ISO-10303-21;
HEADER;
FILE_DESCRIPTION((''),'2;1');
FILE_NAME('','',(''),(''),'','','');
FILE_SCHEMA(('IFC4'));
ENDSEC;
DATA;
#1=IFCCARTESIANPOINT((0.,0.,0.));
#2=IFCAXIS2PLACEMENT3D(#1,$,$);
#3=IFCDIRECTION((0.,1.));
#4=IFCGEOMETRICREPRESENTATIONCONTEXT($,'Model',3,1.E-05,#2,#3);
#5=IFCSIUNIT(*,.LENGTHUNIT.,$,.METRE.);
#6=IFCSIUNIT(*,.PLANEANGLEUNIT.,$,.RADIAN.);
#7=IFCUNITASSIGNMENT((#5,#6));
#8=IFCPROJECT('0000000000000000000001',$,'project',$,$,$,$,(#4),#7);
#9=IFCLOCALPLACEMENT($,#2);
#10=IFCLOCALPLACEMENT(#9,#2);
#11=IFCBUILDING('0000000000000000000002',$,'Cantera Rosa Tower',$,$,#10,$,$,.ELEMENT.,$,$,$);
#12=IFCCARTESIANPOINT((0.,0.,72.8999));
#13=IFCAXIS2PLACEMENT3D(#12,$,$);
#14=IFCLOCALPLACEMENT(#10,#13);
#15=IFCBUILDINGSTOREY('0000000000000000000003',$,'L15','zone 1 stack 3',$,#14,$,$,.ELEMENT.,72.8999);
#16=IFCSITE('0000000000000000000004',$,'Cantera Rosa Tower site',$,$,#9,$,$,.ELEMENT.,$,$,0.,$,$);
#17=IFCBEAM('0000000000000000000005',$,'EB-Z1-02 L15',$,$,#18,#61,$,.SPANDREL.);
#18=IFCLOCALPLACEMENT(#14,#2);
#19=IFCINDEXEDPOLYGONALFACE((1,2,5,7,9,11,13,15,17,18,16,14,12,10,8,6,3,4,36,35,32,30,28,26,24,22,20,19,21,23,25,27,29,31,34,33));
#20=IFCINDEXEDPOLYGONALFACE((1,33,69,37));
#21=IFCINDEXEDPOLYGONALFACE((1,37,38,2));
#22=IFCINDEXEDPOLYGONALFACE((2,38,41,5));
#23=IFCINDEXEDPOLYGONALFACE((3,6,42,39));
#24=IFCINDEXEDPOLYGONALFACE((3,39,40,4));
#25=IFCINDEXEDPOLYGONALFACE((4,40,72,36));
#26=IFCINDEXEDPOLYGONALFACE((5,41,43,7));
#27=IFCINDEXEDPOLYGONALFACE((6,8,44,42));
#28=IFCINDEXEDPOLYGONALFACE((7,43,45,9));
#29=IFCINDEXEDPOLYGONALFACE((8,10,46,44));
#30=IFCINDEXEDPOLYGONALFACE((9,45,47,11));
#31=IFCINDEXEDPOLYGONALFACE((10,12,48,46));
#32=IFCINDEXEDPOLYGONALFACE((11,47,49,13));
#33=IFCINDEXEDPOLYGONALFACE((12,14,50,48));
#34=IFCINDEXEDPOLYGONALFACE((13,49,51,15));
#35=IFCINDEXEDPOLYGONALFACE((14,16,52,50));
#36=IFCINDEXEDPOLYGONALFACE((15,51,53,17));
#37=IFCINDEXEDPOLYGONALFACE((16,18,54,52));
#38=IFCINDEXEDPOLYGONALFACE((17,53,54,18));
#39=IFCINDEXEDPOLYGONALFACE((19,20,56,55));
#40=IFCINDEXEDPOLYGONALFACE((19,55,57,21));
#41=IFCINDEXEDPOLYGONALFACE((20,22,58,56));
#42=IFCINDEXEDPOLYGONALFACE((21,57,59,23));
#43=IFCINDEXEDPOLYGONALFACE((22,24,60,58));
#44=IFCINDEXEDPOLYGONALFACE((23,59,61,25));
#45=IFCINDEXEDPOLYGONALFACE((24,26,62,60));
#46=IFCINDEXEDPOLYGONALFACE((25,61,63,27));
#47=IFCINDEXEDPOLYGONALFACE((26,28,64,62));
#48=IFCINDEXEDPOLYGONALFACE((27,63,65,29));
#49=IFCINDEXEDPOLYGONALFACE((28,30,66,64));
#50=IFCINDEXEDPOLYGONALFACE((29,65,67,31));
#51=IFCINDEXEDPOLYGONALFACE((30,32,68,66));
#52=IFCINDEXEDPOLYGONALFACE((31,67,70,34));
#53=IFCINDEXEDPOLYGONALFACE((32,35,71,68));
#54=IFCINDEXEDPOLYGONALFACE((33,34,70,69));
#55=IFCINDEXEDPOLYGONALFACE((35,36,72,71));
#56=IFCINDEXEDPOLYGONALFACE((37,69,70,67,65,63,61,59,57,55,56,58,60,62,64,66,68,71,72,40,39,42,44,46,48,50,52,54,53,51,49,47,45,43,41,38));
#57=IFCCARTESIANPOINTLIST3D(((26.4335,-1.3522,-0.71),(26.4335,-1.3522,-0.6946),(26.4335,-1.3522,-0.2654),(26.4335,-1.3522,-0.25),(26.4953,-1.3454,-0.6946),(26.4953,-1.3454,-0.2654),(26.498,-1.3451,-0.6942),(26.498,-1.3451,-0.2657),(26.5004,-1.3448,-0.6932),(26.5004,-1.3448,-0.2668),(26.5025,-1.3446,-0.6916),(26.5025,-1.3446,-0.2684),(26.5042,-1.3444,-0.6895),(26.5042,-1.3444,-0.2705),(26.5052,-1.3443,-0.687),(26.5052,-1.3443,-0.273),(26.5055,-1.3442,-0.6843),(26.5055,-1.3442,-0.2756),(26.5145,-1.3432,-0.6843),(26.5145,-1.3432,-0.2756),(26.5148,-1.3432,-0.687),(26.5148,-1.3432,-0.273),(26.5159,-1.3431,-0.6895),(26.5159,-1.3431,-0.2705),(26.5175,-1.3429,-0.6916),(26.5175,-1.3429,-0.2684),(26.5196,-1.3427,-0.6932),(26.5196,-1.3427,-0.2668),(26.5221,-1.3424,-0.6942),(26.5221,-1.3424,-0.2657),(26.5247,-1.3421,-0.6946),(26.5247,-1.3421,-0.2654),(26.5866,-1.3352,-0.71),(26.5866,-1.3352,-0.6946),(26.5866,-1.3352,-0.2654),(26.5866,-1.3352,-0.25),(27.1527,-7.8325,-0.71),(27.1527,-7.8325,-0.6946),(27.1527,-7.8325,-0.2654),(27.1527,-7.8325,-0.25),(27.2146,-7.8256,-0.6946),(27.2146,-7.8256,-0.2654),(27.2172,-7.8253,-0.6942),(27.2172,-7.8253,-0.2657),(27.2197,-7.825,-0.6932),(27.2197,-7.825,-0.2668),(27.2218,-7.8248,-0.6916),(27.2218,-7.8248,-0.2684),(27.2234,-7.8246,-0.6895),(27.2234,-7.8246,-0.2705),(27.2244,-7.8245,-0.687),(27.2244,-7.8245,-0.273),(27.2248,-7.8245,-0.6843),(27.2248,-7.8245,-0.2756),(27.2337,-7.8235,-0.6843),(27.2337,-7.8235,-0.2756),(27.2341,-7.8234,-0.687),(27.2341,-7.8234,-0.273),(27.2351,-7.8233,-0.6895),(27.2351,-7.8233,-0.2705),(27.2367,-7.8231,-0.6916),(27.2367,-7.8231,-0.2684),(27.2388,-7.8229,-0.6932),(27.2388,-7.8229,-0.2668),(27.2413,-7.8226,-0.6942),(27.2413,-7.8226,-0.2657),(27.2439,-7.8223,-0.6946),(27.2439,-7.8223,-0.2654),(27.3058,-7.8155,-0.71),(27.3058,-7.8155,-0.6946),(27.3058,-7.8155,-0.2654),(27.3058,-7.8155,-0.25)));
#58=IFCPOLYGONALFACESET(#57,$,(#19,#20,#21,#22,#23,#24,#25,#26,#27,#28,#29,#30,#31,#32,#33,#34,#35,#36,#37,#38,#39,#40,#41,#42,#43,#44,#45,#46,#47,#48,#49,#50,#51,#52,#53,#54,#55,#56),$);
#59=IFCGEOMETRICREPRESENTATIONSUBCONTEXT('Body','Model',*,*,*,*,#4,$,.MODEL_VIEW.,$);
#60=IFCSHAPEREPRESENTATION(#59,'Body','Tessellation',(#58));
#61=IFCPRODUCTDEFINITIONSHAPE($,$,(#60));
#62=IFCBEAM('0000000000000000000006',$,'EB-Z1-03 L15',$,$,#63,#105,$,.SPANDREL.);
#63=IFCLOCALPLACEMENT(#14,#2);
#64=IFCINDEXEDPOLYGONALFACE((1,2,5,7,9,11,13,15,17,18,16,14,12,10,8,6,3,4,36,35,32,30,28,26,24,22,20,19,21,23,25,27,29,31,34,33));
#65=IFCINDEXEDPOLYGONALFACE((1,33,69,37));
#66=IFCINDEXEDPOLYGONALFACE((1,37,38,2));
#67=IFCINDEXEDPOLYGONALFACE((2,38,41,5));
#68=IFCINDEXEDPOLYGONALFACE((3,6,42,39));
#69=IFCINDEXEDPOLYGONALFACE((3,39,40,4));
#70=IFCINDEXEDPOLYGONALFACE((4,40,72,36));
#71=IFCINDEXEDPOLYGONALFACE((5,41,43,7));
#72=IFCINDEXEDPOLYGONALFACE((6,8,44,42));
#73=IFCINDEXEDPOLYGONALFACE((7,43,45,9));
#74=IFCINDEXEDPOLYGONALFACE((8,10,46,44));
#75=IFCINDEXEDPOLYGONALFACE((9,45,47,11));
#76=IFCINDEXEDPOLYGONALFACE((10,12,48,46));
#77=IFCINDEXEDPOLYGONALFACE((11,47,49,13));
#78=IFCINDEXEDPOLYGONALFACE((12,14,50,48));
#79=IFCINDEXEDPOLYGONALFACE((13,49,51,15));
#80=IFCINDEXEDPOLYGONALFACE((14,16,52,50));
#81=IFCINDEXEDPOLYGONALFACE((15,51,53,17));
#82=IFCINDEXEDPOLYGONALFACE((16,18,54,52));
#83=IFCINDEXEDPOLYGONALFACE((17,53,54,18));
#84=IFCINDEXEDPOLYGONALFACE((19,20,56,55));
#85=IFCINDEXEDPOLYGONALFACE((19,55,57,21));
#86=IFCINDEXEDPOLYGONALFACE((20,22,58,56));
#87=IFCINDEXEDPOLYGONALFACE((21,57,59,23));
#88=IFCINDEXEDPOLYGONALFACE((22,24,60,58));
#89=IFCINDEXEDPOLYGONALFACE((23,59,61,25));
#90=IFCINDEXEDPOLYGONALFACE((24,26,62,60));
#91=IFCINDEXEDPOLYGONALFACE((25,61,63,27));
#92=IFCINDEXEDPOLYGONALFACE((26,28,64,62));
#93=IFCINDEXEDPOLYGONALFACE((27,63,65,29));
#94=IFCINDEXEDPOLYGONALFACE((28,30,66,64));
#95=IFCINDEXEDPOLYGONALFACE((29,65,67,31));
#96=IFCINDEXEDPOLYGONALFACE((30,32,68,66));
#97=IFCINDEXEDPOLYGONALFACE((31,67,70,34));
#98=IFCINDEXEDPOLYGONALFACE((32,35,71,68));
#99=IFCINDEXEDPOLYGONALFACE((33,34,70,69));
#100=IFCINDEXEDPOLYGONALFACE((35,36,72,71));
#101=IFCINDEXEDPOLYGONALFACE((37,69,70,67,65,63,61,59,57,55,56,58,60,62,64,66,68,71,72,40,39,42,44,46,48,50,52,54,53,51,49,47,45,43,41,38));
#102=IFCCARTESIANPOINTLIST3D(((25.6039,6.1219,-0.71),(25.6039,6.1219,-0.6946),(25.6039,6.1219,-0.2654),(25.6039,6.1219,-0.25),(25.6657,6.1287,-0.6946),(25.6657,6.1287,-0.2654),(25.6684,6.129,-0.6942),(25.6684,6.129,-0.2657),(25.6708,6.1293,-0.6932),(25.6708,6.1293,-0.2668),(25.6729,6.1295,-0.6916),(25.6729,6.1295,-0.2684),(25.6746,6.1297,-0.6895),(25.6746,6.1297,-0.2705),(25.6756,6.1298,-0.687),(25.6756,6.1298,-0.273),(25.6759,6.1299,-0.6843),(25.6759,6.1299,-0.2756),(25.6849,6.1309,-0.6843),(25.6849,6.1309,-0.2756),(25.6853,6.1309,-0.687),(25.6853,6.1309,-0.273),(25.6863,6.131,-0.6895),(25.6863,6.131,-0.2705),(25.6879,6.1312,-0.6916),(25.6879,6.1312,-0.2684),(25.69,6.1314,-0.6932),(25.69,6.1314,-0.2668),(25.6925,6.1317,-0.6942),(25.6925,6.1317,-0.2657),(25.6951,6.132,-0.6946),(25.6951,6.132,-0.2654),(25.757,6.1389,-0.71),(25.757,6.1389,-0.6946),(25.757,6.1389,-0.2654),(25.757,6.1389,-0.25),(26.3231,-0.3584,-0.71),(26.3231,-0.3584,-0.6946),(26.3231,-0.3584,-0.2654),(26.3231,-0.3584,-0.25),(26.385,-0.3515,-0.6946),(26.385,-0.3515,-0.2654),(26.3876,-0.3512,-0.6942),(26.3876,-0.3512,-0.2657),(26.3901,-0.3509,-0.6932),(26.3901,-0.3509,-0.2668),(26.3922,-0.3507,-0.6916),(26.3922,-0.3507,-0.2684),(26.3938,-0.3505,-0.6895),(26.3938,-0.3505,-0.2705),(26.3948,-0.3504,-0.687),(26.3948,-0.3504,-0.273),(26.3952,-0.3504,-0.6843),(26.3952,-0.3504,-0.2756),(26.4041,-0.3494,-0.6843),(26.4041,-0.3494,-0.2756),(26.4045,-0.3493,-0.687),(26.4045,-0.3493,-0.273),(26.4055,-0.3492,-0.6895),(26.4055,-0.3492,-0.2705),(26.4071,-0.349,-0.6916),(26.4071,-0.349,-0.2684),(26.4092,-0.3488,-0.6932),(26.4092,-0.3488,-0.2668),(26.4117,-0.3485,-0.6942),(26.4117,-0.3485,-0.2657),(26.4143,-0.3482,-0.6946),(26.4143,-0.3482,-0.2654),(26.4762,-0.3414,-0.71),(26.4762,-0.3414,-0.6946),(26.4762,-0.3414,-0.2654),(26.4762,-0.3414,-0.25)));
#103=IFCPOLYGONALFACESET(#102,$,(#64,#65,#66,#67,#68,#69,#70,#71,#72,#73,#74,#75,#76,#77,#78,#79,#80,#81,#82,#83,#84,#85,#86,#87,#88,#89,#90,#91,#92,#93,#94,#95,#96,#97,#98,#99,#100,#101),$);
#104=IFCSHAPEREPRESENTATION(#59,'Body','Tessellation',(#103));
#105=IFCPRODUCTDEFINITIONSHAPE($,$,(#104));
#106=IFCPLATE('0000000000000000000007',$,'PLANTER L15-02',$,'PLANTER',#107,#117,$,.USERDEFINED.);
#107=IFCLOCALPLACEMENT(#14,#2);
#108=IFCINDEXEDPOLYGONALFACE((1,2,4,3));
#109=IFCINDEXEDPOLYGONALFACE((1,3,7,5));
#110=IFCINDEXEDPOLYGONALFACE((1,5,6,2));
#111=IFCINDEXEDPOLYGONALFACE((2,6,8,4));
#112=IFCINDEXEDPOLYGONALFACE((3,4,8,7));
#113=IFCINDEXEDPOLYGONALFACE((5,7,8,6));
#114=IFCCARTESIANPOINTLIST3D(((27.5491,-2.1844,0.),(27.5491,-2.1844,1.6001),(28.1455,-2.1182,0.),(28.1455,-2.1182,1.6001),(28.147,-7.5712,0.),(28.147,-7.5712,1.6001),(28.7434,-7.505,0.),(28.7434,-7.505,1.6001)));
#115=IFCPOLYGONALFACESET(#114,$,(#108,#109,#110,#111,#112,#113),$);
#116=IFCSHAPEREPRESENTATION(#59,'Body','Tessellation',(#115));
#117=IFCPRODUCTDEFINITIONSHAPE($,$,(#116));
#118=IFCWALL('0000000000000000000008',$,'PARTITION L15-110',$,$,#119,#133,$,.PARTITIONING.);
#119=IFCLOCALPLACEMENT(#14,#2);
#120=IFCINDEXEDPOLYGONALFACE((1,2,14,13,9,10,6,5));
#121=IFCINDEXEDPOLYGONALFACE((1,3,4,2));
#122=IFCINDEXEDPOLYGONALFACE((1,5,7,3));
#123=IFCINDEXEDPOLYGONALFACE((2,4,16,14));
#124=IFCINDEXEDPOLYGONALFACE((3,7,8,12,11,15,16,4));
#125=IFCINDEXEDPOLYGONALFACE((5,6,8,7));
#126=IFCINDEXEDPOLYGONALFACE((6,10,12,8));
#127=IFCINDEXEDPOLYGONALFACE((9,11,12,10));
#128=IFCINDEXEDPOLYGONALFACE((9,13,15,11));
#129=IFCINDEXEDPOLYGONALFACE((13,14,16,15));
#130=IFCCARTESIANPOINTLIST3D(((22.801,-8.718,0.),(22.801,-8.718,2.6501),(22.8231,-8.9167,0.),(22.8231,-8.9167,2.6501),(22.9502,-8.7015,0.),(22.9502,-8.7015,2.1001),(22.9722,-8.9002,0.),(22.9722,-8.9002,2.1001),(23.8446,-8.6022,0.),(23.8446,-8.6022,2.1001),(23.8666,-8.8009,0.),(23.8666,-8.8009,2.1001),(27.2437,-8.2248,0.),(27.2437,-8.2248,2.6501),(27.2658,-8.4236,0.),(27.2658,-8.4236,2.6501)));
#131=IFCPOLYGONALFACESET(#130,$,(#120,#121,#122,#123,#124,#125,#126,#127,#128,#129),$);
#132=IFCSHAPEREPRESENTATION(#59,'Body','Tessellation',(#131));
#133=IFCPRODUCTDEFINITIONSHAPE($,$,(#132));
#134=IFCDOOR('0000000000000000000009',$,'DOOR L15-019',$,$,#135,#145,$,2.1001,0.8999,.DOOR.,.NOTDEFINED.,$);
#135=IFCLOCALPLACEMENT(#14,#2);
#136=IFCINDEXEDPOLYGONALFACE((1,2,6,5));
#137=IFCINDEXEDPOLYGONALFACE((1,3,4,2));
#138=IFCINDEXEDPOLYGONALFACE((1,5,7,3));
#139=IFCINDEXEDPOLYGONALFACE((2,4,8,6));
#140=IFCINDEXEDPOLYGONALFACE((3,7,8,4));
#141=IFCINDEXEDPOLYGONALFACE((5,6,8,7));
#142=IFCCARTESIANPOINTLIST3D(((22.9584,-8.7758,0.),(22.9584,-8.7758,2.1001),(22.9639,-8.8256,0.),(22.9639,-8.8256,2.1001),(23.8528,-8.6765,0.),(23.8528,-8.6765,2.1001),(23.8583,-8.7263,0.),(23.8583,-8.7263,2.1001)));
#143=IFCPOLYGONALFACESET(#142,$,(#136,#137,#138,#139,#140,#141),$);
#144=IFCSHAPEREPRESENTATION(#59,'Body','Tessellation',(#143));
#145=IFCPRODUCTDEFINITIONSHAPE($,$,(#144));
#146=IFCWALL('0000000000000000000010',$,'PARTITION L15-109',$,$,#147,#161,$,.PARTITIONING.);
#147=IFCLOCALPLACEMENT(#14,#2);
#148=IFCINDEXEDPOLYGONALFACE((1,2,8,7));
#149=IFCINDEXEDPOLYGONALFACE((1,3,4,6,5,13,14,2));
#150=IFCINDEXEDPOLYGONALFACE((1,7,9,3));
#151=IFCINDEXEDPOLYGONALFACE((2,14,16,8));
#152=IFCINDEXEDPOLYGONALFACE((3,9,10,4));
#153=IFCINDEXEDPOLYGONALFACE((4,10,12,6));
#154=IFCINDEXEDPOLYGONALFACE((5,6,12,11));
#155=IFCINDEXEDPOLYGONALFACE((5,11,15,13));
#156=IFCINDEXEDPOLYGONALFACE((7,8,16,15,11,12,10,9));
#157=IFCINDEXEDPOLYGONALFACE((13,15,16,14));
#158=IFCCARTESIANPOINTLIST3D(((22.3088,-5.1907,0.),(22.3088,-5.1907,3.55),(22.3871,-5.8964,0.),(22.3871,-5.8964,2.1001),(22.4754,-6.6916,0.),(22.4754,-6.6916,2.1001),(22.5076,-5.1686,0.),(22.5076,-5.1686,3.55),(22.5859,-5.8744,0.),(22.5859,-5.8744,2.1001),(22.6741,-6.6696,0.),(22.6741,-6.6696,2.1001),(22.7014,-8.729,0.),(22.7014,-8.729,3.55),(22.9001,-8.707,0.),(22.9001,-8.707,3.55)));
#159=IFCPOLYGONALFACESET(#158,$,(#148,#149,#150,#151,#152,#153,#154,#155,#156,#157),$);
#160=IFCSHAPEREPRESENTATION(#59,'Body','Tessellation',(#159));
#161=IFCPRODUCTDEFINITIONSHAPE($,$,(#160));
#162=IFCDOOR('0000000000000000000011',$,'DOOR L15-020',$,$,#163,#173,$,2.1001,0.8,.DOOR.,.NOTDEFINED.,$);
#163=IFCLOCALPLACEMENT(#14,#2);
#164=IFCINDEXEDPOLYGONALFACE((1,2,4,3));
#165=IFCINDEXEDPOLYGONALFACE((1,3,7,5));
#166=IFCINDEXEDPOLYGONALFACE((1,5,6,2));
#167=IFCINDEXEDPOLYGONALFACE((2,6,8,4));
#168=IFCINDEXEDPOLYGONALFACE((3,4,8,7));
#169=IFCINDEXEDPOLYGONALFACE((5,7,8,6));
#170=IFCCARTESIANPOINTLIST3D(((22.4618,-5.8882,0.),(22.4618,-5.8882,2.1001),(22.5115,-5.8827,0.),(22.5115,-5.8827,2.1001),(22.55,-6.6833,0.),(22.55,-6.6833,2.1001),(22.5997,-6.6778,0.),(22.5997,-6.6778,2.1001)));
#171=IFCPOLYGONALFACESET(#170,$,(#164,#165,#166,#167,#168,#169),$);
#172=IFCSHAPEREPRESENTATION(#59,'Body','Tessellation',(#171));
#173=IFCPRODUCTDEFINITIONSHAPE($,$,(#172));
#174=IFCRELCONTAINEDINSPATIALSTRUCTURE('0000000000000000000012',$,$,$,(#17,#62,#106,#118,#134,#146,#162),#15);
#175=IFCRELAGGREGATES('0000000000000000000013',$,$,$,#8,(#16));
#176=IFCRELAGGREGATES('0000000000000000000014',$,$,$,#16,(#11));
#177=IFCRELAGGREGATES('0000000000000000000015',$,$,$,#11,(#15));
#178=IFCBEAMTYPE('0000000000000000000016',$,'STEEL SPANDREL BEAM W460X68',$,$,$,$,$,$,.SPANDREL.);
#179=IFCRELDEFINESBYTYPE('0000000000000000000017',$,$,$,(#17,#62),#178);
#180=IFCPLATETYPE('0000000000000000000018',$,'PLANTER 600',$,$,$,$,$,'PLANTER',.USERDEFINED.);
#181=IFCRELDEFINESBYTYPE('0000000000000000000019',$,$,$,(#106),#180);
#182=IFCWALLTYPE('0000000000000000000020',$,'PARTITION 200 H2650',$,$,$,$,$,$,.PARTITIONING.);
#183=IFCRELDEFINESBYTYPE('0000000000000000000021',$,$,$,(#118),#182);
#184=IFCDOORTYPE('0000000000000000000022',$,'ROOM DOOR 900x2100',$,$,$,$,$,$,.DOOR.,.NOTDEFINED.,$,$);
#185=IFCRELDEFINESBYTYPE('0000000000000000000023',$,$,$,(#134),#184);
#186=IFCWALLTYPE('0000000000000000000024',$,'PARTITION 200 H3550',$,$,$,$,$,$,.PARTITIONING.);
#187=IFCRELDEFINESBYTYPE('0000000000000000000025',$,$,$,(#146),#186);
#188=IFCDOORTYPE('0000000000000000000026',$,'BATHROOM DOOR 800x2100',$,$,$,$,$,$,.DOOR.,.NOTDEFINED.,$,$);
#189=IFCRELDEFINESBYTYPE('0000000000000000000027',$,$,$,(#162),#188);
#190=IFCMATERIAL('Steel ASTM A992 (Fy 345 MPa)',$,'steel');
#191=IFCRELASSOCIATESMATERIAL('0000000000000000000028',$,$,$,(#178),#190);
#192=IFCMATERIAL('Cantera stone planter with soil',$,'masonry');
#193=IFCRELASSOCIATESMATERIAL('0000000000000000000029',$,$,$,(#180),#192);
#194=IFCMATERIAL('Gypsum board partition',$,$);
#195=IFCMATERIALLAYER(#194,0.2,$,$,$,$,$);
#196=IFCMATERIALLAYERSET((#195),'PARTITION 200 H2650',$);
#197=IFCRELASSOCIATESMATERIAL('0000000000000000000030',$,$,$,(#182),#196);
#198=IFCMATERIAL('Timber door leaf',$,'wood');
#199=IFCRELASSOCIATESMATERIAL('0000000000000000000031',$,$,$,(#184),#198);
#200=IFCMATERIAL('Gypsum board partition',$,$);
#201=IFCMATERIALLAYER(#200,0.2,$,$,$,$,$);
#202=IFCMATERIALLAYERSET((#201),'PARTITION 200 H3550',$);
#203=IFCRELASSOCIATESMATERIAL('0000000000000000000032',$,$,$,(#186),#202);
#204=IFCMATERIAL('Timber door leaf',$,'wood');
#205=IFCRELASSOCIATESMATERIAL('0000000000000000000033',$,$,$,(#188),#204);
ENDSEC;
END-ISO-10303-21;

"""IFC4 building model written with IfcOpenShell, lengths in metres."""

from ifc_helpers import new_model, si_unit, direction, frame, frame_2d, origin, origin_2d, place, context, subcontext, project, spatial, rectangle, i_section, extrude, material, layer, layer_set, material_profile, profile_set, type_object, element, fill, save


model = new_model("IFC4")

# Units and contexts
model_context = context("Model", 3, precision=1e-05, world=origin(), true_north=direction((0.0, 1.0)))
body_context = subcontext(model_context, "Body", "Model", "MODEL_VIEW")
ifc_project = project(units=[si_unit("LENGTHUNIT", "METRE"), si_unit("PLANEANGLEUNIT", "RADIAN")], contexts=[model_context])

# Site, building, storey
site_placement = place(None, origin())
site = spatial("IfcSite", under=ifc_project, at=site_placement, Name="Cantera Rosa Tower site", CompositionType="ELEMENT", RefElevation=0.0)
building_placement = place(site_placement, origin())
building = spatial("IfcBuilding", under=site, at=building_placement, Name="Cantera Rosa Tower", CompositionType="ELEMENT")
storey_placement = place(building_placement, frame((0.0, 0.0, 72.8999)))
storey = spatial("IfcBuildingStorey", under=building, at=storey_placement, Name="L15", Description="zone 1 stack 3", CompositionType="ELEMENT", Elevation=72.8999)

# Beams
ifc_material_1 = material(Name="Steel ASTM A992 (Fy 345 MPa)", Category="steel")
ifc_material_profile_1 = material_profile(ifc_material_1, i_section(OverallWidth=0.1541, OverallDepth=0.46, WebThickness=0.009, FlangeThickness=0.0154, FilletRadius=0.0103, at=origin_2d()), Name="W460X68")
ifc_profile_set_1 = profile_set([ifc_material_profile_1], Name="Steel ASTM A992 (Fy 345 MPa)")
beam_type_1 = type_object("IfcBeamType", Name="STEEL SPANDREL BEAM W460X68", PredefinedType="SPANDREL", material=ifc_profile_set_1)
for number, where, z_axis, x_axis, name in (
    (1, (27.2292, -7.824, -0.48), (-0.110312, 0.993897, 0.0), (-0.993897, -0.110312, 0.0), "EB-Z1-02 L15"),
    (2, (26.3997, -0.3499, -0.48), (-0.110312, 0.993897, 0.0), (-0.993897, -0.110312, 0.0), "EB-Z1-03 L15"),
):
    element("IfcBeam", number, at=place(storey_placement, frame(where, z_axis=z_axis, x_axis=x_axis)), inside=storey, type_object=beam_type_1, Name=name, PredefinedType="SPANDREL", context=body_context, shape_type="SweptSolid", body=[
        extrude(i_section(OverallWidth=0.1541, OverallDepth=0.46, WebThickness=0.009, FlangeThickness=0.0154, FilletRadius=0.0103, at=origin_2d()), origin(), (0.0, 0.0, 1.0), 6.52),
    ])

# Plate
ifc_material_2 = material(Name="Cantera stone planter with soil", Category="masonry")
plate_type = type_object("IfcPlateType", Name="PLANTER 600", ElementType="PLANTER", PredefinedType="USERDEFINED", material=ifc_material_2)
plate_placement = place(storey_placement, frame((28.1462, -4.8447, 0.0), z_axis=(0.0, 0.0, 1.0), x_axis=(-0.110313, 0.993897, 0.0)))
element("IfcPlate", 3, at=plate_placement, inside=storey, type_object=plate_type, Name="PLANTER L15-02", ObjectType="PLANTER", PredefinedType="USERDEFINED", context=body_context, shape_type="SweptSolid", body=[
    extrude(rectangle(XDim=5.4199, YDim=0.6001, at=origin_2d()), origin(), (0.0, 0.0, 1.0), 1.6001),
])

# Walls, openings, doors
ifc_material_3 = material(Name="Gypsum board partition")
ifc_layer_1 = layer(ifc_material_3, 0.2)
ifc_layer_set_1 = layer_set([ifc_layer_1], Name="PARTITION 200 H2650")
wall_type_1 = type_object("IfcWallType", Name="PARTITION 200 H2650", PredefinedType="PARTITIONING", material=ifc_layer_set_1)
wall_1_placement = place(storey_placement, frame((27.2546, -8.3242, 0.0), z_axis=(0.0, 0.0, 1.0), x_axis=(-0.993895, -0.11033, 0.0)))
wall_1 = element("IfcWall", 4, at=wall_1_placement, inside=storey, type_object=wall_type_1, Name="PARTITION L15-110", PredefinedType="PARTITIONING", context=body_context, shape_type="SweptSolid", body=[
    extrude(rectangle(XDim=4.47, YDim=0.2, at=frame_2d((2.2349, 0.0))), origin(), (0.0, 0.0, 1.0), 2.6501),
])
opening_1_placement = place(wall_1_placement, frame((3.4199, 0.0, 0.0)))
opening_1 = element("IfcOpeningElement", 5, at=opening_1_placement, cuts=wall_1, PredefinedType="OPENING", context=body_context, shape_type="SweptSolid", body=[
    extrude(rectangle(XDim=0.8999, YDim=2.1001, at=frame_2d((0.45, 1.05))), frame((0.0, 0.1099, 0.0), z_axis=(0.0, -1.0, 0.0), x_axis=(1.0, 0.0, 0.0)), (0.0, 0.0, 1.0), 0.22),
])
ifc_material_4 = material(Name="Timber door leaf", Category="wood")
door_type_1 = type_object("IfcDoorType", Name="ROOM DOOR 900x2100", OperationType="NOTDEFINED", PredefinedType="DOOR", material=ifc_material_4)
door_1_placement = place(opening_1_placement, origin())
door_1 = element("IfcDoor", 6, at=door_1_placement, inside=storey, type_object=door_type_1, Name="DOOR L15-019", OperationType="NOTDEFINED", OverallHeight=2.1001, OverallWidth=0.8999, PredefinedType="DOOR", context=body_context, shape_type="SweptSolid", body=[
    extrude(rectangle(XDim=0.8999, YDim=2.1001, at=frame_2d((0.45, 1.05))), frame((0.0, 0.0249, 0.0), z_axis=(0.0, -1.0, 0.0), x_axis=(1.0, 0.0, 0.0)), (0.0, 0.0, 1.0), 0.05),
])
fill(opening_1, door_1)
ifc_material_5 = material(Name="Gypsum board partition")
ifc_layer_2 = layer(ifc_material_5, 0.2)
ifc_layer_set_2 = layer_set([ifc_layer_2], Name="PARTITION 200 H3550")
wall_type_2 = type_object("IfcWallType", Name="PARTITION 200 H3550", PredefinedType="PARTITIONING", material=ifc_layer_set_2)
wall_2_placement = place(storey_placement, frame((22.8008, -8.718, 0.0), z_axis=(0.0, 0.0, 1.0), x_axis=(-0.110273, 0.993901, 0.0)))
wall_2 = element("IfcWall", 7, at=wall_2_placement, inside=storey, type_object=wall_type_2, Name="PARTITION L15-109", PredefinedType="PARTITIONING", context=body_context, shape_type="SweptSolid", body=[
    extrude(rectangle(XDim=3.5601, YDim=0.2, at=frame_2d((1.78, 0.0))), origin(), (0.0, 0.0, 1.0), 3.55),
])
opening_2_placement = place(wall_2_placement, frame((2.05, 0.0, 0.0)))
opening_2 = element("IfcOpeningElement", 8, at=opening_2_placement, cuts=wall_2, PredefinedType="OPENING", context=body_context, shape_type="SweptSolid", body=[
    extrude(rectangle(XDim=0.8, YDim=2.1001, at=frame_2d((0.3999, 1.05))), frame((0.0, 0.1099, 0.0), z_axis=(0.0, -1.0, 0.0), x_axis=(1.0, 0.0, 0.0)), (0.0, 0.0, 1.0), 0.22),
])
ifc_material_6 = material(Name="Timber door leaf", Category="wood")
door_type_2 = type_object("IfcDoorType", Name="BATHROOM DOOR 800x2100", OperationType="NOTDEFINED", PredefinedType="DOOR", material=ifc_material_6)
door_2_placement = place(opening_2_placement, origin())
door_2 = element("IfcDoor", 9, at=door_2_placement, inside=storey, type_object=door_type_2, Name="DOOR L15-020", OperationType="NOTDEFINED", OverallHeight=2.1001, OverallWidth=0.8, PredefinedType="DOOR", context=body_context, shape_type="SweptSolid", body=[
    extrude(rectangle(XDim=0.8, YDim=2.1001, at=frame_2d((0.3999, 1.05))), frame((0.0, 0.0249, 0.0), z_axis=(0.0, -1.0, 0.0), x_axis=(1.0, 0.0, 0.0)), (0.0, 0.0, 1.0), 0.05),
])
fill(opening_2, door_2)

save(model, "model.ifc")
